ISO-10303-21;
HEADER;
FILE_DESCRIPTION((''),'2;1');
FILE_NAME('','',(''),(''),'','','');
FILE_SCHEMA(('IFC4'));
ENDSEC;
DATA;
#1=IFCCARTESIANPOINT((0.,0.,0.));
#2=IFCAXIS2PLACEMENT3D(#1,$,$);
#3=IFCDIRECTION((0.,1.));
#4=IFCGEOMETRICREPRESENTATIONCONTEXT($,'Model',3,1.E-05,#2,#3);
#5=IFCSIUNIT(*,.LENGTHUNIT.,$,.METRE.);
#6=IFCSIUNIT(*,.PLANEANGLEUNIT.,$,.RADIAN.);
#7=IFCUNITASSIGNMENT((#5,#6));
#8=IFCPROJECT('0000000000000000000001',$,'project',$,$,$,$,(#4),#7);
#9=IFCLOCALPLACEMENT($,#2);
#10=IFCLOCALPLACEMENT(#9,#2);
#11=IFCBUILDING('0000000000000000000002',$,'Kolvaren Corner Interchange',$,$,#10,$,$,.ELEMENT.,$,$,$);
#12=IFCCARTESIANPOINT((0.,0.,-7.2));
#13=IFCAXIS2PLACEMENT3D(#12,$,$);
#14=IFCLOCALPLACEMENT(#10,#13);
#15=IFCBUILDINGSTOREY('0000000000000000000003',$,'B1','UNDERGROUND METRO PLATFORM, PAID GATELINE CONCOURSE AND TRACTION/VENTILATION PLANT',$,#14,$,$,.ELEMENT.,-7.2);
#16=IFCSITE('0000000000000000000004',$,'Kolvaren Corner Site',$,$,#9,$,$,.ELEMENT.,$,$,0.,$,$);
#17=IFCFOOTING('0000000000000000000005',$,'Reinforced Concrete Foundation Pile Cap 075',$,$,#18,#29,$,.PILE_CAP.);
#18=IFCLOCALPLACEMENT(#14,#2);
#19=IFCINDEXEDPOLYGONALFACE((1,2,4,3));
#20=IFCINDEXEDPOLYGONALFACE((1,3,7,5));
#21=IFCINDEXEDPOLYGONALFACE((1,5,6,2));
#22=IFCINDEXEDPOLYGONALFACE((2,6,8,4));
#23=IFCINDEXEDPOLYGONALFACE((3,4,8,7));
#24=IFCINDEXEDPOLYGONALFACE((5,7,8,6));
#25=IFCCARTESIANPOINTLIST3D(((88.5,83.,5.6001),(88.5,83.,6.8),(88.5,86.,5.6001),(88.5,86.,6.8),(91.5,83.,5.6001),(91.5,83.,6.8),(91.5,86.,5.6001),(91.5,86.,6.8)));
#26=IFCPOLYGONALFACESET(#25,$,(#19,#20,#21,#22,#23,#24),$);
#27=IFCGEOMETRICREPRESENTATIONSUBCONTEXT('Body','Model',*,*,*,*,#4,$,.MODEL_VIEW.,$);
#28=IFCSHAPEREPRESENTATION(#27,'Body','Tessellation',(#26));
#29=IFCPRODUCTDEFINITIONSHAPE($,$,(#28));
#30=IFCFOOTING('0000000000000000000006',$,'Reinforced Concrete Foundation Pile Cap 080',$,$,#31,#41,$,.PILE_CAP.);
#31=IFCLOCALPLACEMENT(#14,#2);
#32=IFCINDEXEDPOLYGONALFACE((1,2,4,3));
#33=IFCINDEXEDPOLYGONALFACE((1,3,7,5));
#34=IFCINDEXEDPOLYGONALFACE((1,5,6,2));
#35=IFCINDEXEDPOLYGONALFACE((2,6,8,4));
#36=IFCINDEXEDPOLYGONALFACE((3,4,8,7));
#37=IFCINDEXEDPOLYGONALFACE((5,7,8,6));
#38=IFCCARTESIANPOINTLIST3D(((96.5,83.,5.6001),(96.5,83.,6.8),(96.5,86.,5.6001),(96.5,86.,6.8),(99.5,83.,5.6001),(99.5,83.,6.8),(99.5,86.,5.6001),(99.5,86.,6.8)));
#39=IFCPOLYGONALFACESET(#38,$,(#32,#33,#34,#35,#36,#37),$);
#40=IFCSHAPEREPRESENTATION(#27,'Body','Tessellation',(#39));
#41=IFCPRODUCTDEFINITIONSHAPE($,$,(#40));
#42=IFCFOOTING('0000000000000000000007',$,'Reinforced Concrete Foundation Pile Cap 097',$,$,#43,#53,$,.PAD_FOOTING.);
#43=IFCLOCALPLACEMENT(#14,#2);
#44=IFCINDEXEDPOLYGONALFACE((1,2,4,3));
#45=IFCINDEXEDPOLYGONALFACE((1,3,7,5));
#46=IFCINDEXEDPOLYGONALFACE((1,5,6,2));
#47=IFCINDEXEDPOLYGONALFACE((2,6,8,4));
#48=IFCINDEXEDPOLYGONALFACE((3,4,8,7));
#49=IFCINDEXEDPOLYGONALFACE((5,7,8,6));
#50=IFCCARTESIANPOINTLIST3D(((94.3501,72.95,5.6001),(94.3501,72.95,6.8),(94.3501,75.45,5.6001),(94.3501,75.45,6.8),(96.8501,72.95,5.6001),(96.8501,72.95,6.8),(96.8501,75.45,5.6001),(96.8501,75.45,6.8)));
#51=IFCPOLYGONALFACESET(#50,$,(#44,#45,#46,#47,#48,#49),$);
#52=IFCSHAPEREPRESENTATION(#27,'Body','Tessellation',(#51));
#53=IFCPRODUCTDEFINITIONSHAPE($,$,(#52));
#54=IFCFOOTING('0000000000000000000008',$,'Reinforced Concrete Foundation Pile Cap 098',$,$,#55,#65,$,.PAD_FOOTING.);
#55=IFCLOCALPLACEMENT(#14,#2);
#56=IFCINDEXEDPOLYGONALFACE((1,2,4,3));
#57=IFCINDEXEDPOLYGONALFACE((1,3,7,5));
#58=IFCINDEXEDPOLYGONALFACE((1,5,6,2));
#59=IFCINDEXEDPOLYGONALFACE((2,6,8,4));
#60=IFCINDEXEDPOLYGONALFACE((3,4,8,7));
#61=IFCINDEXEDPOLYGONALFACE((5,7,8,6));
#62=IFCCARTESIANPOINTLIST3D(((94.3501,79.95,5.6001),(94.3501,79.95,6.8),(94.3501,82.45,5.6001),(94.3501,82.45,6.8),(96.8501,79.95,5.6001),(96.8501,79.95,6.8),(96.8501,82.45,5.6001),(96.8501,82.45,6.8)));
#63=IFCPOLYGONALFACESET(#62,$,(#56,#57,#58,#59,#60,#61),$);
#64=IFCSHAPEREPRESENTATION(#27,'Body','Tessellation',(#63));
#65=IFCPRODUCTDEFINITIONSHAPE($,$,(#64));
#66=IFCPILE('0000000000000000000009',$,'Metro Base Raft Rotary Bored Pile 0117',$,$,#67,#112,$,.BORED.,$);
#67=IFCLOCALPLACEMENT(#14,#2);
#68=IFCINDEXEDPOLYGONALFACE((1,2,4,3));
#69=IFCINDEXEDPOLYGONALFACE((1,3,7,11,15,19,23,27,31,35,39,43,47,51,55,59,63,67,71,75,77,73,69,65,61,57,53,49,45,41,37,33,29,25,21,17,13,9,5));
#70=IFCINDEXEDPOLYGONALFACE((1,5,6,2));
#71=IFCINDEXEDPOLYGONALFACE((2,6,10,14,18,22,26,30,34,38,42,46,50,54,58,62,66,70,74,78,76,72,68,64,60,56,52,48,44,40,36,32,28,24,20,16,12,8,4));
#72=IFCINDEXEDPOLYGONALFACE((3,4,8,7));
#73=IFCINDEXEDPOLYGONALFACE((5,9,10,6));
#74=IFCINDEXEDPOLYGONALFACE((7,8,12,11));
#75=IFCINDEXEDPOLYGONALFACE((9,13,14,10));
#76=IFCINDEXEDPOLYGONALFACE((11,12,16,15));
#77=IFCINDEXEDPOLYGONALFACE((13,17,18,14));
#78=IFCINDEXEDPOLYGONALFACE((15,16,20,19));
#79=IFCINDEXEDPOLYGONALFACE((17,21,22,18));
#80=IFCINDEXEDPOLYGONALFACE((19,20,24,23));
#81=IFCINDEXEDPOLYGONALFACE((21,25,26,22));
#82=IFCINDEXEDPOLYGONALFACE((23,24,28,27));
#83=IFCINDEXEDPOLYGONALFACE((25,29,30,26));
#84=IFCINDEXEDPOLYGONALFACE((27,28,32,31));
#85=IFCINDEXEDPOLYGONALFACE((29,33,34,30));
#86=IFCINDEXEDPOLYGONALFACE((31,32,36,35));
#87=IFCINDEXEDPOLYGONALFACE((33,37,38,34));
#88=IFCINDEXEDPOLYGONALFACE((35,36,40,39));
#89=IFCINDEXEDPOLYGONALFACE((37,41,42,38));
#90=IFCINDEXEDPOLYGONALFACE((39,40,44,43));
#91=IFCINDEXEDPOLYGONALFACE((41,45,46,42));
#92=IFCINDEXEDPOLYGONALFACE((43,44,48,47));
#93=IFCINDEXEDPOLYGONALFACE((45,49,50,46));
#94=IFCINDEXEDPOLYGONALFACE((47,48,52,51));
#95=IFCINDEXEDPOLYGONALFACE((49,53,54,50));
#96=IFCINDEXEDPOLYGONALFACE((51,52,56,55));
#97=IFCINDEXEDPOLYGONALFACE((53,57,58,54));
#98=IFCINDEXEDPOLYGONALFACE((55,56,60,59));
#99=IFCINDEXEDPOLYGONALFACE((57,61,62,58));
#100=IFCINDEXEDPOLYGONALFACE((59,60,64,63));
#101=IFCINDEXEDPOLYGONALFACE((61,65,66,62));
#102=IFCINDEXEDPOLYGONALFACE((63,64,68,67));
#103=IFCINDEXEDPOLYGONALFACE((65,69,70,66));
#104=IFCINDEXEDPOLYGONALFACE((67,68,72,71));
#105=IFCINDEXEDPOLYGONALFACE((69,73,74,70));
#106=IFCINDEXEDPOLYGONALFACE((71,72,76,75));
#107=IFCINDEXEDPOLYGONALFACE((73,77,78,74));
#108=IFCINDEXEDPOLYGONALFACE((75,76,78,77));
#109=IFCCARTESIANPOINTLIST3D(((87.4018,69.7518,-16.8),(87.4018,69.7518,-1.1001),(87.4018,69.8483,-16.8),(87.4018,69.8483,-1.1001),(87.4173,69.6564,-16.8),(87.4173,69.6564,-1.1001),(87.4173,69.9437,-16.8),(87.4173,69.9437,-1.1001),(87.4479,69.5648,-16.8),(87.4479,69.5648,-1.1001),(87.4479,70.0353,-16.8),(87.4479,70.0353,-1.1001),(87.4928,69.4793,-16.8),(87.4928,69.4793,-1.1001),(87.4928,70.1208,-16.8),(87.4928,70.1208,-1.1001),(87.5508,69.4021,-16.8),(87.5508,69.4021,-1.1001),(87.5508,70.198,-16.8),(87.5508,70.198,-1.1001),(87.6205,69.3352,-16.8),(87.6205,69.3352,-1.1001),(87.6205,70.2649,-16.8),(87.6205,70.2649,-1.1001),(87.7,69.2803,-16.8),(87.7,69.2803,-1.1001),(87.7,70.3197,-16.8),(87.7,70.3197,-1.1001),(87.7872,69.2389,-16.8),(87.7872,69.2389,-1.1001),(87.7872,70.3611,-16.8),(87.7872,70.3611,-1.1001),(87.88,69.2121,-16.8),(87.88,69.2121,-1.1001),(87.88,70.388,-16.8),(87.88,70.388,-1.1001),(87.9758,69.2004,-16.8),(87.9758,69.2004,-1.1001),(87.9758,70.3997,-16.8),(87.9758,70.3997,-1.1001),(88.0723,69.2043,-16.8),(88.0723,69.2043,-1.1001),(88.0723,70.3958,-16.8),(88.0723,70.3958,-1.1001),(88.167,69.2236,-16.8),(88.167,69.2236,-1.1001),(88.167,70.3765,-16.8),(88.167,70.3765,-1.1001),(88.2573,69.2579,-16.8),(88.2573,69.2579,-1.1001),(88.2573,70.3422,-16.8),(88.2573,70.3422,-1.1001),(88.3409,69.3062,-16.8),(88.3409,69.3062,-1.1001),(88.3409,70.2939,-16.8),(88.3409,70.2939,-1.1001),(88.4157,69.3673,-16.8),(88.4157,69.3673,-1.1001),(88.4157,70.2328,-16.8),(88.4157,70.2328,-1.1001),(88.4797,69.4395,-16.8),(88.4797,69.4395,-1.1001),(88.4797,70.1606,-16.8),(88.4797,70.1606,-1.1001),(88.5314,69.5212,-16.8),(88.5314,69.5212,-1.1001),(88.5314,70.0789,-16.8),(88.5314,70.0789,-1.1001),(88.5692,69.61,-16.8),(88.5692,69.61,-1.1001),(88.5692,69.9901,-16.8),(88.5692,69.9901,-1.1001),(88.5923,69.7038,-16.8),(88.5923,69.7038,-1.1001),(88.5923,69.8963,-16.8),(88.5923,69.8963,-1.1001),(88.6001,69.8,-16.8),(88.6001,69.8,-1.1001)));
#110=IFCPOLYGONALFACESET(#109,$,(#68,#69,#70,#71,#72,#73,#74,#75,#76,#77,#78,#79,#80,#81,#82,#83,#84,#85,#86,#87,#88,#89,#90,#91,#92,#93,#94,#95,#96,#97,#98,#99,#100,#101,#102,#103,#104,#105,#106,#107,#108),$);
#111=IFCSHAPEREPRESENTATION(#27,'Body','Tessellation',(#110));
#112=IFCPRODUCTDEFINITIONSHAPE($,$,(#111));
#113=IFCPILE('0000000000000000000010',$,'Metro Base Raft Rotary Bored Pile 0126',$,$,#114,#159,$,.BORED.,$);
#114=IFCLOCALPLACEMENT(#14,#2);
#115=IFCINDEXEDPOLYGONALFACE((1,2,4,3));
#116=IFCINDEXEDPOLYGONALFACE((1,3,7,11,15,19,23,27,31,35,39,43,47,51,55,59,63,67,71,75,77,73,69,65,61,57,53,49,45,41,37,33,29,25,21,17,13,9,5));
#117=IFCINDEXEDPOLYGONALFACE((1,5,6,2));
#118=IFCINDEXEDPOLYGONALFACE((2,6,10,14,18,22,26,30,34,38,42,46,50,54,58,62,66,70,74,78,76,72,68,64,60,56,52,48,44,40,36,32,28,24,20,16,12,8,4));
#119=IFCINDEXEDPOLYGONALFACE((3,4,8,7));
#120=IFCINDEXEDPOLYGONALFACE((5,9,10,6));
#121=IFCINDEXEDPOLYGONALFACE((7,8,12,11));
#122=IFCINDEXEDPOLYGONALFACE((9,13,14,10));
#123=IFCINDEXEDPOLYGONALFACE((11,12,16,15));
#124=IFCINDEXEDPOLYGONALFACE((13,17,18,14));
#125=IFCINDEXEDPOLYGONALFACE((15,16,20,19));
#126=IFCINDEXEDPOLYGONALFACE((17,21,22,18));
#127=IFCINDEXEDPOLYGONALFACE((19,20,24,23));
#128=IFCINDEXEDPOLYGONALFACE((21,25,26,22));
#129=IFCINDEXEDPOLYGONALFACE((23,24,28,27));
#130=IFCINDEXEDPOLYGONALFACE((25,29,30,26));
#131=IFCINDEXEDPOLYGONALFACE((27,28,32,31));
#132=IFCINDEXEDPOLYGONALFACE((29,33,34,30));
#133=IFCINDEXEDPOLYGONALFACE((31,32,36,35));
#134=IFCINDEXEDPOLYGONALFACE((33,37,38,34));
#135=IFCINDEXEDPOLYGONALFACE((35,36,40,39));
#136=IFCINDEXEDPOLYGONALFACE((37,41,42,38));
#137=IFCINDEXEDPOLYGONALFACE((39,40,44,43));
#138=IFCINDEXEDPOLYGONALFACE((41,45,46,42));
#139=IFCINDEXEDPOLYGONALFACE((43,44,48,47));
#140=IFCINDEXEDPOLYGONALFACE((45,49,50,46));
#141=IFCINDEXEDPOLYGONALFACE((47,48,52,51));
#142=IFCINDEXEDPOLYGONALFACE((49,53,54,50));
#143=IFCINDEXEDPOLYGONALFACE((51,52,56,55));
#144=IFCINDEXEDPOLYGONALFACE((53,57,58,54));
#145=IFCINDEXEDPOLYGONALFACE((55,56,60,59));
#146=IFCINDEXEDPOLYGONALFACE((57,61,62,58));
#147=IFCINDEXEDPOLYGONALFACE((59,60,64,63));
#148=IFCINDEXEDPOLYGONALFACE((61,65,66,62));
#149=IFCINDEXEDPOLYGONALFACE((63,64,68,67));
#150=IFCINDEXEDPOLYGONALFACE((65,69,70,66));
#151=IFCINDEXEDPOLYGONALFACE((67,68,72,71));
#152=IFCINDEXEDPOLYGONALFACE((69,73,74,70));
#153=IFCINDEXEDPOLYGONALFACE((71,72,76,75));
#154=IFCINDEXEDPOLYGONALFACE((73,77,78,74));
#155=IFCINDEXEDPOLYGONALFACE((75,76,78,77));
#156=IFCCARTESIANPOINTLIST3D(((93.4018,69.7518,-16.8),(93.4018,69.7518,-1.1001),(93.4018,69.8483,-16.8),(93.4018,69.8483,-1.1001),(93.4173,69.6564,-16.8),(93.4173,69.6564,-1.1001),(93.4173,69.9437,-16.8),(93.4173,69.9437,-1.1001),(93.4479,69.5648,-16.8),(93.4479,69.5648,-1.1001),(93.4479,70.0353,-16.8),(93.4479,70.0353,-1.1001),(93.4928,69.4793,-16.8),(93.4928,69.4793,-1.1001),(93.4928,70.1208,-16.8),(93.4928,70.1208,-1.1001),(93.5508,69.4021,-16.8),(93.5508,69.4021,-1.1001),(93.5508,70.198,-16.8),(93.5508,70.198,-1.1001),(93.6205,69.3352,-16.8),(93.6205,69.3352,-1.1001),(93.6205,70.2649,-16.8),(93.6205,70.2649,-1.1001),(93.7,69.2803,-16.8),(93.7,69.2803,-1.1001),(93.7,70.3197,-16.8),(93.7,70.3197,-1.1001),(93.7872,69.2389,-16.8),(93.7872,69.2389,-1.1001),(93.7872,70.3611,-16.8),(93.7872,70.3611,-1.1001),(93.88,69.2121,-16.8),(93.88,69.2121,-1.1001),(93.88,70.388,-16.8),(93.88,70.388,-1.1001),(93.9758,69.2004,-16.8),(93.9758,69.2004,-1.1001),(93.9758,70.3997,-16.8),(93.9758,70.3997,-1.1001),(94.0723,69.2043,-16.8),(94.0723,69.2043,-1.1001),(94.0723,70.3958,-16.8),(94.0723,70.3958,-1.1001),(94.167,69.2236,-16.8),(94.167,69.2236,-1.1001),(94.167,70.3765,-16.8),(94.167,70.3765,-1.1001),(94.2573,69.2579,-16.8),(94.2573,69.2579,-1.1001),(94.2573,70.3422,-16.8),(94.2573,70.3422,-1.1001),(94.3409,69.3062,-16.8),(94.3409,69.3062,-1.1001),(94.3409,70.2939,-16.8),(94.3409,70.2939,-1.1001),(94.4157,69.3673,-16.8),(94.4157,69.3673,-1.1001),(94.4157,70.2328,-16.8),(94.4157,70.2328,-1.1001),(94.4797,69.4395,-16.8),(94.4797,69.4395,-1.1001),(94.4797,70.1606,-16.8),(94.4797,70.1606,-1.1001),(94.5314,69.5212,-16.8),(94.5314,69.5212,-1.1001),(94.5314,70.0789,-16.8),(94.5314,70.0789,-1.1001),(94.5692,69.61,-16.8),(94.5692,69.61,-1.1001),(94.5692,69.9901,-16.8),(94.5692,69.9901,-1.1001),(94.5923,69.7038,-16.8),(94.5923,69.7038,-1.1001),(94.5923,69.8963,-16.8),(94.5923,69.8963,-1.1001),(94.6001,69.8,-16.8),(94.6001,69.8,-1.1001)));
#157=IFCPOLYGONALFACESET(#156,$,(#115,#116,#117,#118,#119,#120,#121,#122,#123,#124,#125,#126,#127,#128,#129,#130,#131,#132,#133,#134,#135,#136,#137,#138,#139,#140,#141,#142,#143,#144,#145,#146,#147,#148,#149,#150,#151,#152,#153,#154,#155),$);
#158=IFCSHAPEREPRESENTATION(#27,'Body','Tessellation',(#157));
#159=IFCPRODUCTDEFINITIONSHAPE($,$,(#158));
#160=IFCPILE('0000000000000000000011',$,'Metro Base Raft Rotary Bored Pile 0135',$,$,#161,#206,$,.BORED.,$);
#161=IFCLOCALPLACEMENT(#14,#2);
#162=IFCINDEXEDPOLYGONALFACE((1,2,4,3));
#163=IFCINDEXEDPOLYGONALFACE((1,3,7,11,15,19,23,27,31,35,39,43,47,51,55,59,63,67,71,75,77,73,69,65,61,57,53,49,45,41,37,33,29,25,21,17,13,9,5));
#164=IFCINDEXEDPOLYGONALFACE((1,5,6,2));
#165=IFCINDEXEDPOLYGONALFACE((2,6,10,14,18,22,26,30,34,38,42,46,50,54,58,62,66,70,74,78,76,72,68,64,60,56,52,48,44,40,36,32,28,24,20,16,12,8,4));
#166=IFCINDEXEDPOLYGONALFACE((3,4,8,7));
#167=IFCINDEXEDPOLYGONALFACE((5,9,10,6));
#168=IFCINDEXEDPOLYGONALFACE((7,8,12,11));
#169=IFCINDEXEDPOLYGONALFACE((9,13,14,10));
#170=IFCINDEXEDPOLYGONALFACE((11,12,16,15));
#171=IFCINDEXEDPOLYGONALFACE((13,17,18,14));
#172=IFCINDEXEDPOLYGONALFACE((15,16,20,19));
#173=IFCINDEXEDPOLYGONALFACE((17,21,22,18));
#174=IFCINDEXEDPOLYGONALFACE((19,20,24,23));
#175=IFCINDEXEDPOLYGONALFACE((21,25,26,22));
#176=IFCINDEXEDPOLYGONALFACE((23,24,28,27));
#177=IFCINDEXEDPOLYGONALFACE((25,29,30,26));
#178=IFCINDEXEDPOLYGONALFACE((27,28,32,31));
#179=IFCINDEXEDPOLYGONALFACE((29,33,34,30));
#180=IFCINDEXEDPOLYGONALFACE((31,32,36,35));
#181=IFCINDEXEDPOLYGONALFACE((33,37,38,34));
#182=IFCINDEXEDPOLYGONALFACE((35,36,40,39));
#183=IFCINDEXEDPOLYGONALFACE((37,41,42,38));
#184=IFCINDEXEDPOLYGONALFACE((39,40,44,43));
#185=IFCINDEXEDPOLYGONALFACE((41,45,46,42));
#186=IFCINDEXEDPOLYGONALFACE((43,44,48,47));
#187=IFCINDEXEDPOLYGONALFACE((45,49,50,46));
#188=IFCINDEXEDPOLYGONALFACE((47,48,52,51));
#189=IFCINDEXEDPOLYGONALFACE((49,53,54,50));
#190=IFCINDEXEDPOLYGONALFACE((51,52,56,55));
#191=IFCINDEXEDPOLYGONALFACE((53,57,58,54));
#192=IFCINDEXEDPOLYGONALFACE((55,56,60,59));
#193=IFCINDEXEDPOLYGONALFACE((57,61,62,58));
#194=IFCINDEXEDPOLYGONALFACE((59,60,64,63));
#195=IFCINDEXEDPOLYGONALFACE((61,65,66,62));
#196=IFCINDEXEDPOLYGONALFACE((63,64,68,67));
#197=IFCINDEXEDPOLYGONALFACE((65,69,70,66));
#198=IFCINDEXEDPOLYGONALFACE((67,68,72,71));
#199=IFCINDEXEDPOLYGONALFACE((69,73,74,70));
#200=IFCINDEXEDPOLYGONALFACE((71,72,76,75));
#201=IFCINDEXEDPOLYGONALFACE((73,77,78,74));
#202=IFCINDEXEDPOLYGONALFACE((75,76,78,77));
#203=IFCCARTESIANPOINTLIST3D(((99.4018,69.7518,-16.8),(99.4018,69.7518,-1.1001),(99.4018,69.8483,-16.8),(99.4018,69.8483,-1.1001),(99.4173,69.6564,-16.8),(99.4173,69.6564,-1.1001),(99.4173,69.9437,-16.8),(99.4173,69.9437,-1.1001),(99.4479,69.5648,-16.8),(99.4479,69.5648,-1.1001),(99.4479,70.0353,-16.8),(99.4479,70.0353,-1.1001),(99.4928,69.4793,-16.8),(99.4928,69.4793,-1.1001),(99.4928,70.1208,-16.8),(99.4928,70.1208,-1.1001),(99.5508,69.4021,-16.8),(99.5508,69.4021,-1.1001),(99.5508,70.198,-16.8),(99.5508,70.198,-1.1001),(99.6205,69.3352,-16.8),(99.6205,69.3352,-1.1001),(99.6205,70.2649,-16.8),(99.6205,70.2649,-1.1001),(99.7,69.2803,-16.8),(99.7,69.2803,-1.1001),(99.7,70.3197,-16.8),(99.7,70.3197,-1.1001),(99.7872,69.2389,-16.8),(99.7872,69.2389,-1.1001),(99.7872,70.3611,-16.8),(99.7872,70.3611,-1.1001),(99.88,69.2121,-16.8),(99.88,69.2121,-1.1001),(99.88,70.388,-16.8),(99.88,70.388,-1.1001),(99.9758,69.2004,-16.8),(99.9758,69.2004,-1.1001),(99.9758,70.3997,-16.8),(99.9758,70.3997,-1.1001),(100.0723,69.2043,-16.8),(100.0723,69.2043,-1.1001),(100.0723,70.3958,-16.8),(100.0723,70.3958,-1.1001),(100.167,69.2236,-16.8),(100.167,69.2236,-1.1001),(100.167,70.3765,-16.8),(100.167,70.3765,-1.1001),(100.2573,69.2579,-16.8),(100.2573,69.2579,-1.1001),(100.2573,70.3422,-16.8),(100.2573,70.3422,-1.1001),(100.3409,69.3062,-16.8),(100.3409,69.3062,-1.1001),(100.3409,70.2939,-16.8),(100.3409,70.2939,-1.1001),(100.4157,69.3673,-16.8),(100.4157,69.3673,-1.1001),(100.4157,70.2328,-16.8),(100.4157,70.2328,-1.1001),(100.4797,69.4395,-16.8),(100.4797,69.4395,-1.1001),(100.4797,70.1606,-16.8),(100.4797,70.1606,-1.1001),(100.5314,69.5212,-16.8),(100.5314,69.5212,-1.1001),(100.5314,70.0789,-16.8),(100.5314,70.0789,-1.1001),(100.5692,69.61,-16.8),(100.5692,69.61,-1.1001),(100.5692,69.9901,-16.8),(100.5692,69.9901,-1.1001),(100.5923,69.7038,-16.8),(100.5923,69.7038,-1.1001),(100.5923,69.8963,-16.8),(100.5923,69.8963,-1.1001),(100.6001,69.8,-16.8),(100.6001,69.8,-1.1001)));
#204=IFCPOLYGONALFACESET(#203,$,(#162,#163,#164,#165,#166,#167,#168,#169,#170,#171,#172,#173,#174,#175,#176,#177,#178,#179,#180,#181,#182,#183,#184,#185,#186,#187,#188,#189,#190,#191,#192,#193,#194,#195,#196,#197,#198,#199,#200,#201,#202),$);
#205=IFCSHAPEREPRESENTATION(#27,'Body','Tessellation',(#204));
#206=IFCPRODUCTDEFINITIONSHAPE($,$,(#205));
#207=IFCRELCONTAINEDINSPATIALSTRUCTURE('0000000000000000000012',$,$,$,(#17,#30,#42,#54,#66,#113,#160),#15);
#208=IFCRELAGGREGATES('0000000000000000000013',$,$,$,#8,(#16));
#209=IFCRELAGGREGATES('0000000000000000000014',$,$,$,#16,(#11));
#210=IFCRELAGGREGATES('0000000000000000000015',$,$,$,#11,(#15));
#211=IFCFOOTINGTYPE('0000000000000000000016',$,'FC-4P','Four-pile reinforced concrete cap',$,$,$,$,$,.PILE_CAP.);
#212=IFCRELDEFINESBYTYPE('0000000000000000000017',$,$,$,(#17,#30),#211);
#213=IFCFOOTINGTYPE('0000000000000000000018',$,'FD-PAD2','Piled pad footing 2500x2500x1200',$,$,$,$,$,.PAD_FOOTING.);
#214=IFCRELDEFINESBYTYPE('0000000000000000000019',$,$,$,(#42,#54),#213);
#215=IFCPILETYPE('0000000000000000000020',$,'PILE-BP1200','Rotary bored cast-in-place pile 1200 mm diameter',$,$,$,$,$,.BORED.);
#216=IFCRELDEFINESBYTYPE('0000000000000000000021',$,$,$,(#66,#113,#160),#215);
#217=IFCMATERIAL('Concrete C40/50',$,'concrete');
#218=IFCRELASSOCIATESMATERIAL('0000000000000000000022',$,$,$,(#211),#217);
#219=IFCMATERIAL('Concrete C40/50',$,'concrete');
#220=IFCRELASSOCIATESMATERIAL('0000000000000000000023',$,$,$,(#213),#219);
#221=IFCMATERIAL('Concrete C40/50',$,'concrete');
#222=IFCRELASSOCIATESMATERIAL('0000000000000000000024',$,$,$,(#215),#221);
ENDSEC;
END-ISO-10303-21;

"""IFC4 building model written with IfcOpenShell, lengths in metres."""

from ifc_helpers import new_model, si_unit, direction, frame, origin, origin_2d, place, context, subcontext, project, spatial, rectangle, circle, extrude, material, material_profile, profile_set, type_object, element, save


model = new_model("IFC4")

# Units and contexts
model_context = context("Model", 3, precision=1e-05, world=origin(), true_north=direction((0.0, 1.0)))
body_context = subcontext(model_context, "Body", "Model", "MODEL_VIEW")
ifc_project = project(units=[si_unit("LENGTHUNIT", "METRE"), si_unit("PLANEANGLEUNIT", "RADIAN")], contexts=[model_context])

# Site, building, storey
site_placement = place(None, origin())
site = spatial("IfcSite", under=ifc_project, at=site_placement, Name="Kolvaren Corner Site", CompositionType="ELEMENT", RefElevation=0.0)
building_placement = place(site_placement, origin())
building = spatial("IfcBuilding", under=site, at=building_placement, Name="Kolvaren Corner Interchange", CompositionType="ELEMENT")
storey_placement = place(building_placement, frame((0.0, 0.0, -7.2)))
storey = spatial("IfcBuildingStorey", under=building, at=storey_placement, Name="B1", Description="UNDERGROUND METRO PLATFORM, PAID GATELINE CONCOURSE AND TRACTION/VENTILATION PLANT", CompositionType="ELEMENT", Elevation=-7.2)

# Footings
ifc_material_1 = material(Name="Concrete C40/50", Category="concrete")
footing_type_1 = type_object("IfcFootingType", Name="FC-4P", Description="Four-pile reinforced concrete cap", PredefinedType="PILE_CAP", material=ifc_material_1)
for number, where, z_axis, x_axis, name in (
    (1, (90.0, 84.5, 5.6001), (0.0, 0.0, 1.0), (1.0, 0.0, 0.0), "Reinforced Concrete Foundation Pile Cap 075"),
    (2, (98.0, 84.5, 5.6001), (0.0, 0.0, 1.0), (1.0, 0.0, 0.0), "Reinforced Concrete Foundation Pile Cap 080"),
):
    element("IfcFooting", number, at=place(storey_placement, frame(where, z_axis=z_axis, x_axis=x_axis)), inside=storey, type_object=footing_type_1, Name=name, PredefinedType="PILE_CAP", context=body_context, shape_type="SweptSolid", body=[
        extrude(rectangle(XDim=3.0, YDim=3.0, at=origin_2d()), origin(), (0.0, 0.0, 1.0), 1.2),
    ])
ifc_material_2 = material(Name="Concrete C40/50", Category="concrete")
footing_type_2 = type_object("IfcFootingType", Name="FD-PAD2", Description="Piled pad footing 2500x2500x1200", PredefinedType="PAD_FOOTING", material=ifc_material_2)
for number, where, z_axis, x_axis, name in (
    (3, (95.6001, 74.2, 5.6001), (0.0, 0.0, 1.0), (1.0, 0.0, 0.0), "Reinforced Concrete Foundation Pile Cap 097"),
    (4, (95.6001, 81.2, 5.6001), (0.0, 0.0, 1.0), (1.0, 0.0, 0.0), "Reinforced Concrete Foundation Pile Cap 098"),
):
    element("IfcFooting", number, at=place(storey_placement, frame(where, z_axis=z_axis, x_axis=x_axis)), inside=storey, type_object=footing_type_2, Name=name, PredefinedType="PAD_FOOTING", context=body_context, shape_type="SweptSolid", body=[
        extrude(rectangle(XDim=2.5, YDim=2.5, at=origin_2d()), origin(), (0.0, 0.0, 1.0), 1.2),
    ])

# Piles
ifc_material_3 = material(Name="Concrete C40/50", Category="concrete")
ifc_material_profile_1 = material_profile(ifc_material_3, circle(Radius=0.6001, at=origin_2d()), Name="BORED PILE 1200")
ifc_profile_set_1 = profile_set([ifc_material_profile_1], Name="Concrete C40/50")
pile_type_1 = type_object("IfcPileType", Name="PILE-BP1200", Description="Rotary bored cast-in-place pile 1200 mm diameter", PredefinedType="BORED", material=ifc_profile_set_1)
for number, where, z_axis, x_axis, name in (
    (5, (88.0, 69.8, -1.1001), (0.0, 0.0, -1.0), (1.0, 0.0, 0.0), "Metro Base Raft Rotary Bored Pile 0117"),
    (6, (94.0, 69.8, -1.1001), (0.0, 0.0, -1.0), (1.0, 0.0, 0.0), "Metro Base Raft Rotary Bored Pile 0126"),
    (7, (100.0, 69.8, -1.1001), (0.0, 0.0, -1.0), (1.0, 0.0, 0.0), "Metro Base Raft Rotary Bored Pile 0135"),
):
    element("IfcPile", number, at=place(storey_placement, frame(where, z_axis=z_axis, x_axis=x_axis)), inside=storey, type_object=pile_type_1, Name=name, PredefinedType="BORED", context=body_context, shape_type="SweptSolid", body=[
        extrude(circle(Radius=0.6001, at=origin_2d()), origin(), (0.0, 0.0, 1.0), 15.7),
    ])

save(model, "model.ifc")
